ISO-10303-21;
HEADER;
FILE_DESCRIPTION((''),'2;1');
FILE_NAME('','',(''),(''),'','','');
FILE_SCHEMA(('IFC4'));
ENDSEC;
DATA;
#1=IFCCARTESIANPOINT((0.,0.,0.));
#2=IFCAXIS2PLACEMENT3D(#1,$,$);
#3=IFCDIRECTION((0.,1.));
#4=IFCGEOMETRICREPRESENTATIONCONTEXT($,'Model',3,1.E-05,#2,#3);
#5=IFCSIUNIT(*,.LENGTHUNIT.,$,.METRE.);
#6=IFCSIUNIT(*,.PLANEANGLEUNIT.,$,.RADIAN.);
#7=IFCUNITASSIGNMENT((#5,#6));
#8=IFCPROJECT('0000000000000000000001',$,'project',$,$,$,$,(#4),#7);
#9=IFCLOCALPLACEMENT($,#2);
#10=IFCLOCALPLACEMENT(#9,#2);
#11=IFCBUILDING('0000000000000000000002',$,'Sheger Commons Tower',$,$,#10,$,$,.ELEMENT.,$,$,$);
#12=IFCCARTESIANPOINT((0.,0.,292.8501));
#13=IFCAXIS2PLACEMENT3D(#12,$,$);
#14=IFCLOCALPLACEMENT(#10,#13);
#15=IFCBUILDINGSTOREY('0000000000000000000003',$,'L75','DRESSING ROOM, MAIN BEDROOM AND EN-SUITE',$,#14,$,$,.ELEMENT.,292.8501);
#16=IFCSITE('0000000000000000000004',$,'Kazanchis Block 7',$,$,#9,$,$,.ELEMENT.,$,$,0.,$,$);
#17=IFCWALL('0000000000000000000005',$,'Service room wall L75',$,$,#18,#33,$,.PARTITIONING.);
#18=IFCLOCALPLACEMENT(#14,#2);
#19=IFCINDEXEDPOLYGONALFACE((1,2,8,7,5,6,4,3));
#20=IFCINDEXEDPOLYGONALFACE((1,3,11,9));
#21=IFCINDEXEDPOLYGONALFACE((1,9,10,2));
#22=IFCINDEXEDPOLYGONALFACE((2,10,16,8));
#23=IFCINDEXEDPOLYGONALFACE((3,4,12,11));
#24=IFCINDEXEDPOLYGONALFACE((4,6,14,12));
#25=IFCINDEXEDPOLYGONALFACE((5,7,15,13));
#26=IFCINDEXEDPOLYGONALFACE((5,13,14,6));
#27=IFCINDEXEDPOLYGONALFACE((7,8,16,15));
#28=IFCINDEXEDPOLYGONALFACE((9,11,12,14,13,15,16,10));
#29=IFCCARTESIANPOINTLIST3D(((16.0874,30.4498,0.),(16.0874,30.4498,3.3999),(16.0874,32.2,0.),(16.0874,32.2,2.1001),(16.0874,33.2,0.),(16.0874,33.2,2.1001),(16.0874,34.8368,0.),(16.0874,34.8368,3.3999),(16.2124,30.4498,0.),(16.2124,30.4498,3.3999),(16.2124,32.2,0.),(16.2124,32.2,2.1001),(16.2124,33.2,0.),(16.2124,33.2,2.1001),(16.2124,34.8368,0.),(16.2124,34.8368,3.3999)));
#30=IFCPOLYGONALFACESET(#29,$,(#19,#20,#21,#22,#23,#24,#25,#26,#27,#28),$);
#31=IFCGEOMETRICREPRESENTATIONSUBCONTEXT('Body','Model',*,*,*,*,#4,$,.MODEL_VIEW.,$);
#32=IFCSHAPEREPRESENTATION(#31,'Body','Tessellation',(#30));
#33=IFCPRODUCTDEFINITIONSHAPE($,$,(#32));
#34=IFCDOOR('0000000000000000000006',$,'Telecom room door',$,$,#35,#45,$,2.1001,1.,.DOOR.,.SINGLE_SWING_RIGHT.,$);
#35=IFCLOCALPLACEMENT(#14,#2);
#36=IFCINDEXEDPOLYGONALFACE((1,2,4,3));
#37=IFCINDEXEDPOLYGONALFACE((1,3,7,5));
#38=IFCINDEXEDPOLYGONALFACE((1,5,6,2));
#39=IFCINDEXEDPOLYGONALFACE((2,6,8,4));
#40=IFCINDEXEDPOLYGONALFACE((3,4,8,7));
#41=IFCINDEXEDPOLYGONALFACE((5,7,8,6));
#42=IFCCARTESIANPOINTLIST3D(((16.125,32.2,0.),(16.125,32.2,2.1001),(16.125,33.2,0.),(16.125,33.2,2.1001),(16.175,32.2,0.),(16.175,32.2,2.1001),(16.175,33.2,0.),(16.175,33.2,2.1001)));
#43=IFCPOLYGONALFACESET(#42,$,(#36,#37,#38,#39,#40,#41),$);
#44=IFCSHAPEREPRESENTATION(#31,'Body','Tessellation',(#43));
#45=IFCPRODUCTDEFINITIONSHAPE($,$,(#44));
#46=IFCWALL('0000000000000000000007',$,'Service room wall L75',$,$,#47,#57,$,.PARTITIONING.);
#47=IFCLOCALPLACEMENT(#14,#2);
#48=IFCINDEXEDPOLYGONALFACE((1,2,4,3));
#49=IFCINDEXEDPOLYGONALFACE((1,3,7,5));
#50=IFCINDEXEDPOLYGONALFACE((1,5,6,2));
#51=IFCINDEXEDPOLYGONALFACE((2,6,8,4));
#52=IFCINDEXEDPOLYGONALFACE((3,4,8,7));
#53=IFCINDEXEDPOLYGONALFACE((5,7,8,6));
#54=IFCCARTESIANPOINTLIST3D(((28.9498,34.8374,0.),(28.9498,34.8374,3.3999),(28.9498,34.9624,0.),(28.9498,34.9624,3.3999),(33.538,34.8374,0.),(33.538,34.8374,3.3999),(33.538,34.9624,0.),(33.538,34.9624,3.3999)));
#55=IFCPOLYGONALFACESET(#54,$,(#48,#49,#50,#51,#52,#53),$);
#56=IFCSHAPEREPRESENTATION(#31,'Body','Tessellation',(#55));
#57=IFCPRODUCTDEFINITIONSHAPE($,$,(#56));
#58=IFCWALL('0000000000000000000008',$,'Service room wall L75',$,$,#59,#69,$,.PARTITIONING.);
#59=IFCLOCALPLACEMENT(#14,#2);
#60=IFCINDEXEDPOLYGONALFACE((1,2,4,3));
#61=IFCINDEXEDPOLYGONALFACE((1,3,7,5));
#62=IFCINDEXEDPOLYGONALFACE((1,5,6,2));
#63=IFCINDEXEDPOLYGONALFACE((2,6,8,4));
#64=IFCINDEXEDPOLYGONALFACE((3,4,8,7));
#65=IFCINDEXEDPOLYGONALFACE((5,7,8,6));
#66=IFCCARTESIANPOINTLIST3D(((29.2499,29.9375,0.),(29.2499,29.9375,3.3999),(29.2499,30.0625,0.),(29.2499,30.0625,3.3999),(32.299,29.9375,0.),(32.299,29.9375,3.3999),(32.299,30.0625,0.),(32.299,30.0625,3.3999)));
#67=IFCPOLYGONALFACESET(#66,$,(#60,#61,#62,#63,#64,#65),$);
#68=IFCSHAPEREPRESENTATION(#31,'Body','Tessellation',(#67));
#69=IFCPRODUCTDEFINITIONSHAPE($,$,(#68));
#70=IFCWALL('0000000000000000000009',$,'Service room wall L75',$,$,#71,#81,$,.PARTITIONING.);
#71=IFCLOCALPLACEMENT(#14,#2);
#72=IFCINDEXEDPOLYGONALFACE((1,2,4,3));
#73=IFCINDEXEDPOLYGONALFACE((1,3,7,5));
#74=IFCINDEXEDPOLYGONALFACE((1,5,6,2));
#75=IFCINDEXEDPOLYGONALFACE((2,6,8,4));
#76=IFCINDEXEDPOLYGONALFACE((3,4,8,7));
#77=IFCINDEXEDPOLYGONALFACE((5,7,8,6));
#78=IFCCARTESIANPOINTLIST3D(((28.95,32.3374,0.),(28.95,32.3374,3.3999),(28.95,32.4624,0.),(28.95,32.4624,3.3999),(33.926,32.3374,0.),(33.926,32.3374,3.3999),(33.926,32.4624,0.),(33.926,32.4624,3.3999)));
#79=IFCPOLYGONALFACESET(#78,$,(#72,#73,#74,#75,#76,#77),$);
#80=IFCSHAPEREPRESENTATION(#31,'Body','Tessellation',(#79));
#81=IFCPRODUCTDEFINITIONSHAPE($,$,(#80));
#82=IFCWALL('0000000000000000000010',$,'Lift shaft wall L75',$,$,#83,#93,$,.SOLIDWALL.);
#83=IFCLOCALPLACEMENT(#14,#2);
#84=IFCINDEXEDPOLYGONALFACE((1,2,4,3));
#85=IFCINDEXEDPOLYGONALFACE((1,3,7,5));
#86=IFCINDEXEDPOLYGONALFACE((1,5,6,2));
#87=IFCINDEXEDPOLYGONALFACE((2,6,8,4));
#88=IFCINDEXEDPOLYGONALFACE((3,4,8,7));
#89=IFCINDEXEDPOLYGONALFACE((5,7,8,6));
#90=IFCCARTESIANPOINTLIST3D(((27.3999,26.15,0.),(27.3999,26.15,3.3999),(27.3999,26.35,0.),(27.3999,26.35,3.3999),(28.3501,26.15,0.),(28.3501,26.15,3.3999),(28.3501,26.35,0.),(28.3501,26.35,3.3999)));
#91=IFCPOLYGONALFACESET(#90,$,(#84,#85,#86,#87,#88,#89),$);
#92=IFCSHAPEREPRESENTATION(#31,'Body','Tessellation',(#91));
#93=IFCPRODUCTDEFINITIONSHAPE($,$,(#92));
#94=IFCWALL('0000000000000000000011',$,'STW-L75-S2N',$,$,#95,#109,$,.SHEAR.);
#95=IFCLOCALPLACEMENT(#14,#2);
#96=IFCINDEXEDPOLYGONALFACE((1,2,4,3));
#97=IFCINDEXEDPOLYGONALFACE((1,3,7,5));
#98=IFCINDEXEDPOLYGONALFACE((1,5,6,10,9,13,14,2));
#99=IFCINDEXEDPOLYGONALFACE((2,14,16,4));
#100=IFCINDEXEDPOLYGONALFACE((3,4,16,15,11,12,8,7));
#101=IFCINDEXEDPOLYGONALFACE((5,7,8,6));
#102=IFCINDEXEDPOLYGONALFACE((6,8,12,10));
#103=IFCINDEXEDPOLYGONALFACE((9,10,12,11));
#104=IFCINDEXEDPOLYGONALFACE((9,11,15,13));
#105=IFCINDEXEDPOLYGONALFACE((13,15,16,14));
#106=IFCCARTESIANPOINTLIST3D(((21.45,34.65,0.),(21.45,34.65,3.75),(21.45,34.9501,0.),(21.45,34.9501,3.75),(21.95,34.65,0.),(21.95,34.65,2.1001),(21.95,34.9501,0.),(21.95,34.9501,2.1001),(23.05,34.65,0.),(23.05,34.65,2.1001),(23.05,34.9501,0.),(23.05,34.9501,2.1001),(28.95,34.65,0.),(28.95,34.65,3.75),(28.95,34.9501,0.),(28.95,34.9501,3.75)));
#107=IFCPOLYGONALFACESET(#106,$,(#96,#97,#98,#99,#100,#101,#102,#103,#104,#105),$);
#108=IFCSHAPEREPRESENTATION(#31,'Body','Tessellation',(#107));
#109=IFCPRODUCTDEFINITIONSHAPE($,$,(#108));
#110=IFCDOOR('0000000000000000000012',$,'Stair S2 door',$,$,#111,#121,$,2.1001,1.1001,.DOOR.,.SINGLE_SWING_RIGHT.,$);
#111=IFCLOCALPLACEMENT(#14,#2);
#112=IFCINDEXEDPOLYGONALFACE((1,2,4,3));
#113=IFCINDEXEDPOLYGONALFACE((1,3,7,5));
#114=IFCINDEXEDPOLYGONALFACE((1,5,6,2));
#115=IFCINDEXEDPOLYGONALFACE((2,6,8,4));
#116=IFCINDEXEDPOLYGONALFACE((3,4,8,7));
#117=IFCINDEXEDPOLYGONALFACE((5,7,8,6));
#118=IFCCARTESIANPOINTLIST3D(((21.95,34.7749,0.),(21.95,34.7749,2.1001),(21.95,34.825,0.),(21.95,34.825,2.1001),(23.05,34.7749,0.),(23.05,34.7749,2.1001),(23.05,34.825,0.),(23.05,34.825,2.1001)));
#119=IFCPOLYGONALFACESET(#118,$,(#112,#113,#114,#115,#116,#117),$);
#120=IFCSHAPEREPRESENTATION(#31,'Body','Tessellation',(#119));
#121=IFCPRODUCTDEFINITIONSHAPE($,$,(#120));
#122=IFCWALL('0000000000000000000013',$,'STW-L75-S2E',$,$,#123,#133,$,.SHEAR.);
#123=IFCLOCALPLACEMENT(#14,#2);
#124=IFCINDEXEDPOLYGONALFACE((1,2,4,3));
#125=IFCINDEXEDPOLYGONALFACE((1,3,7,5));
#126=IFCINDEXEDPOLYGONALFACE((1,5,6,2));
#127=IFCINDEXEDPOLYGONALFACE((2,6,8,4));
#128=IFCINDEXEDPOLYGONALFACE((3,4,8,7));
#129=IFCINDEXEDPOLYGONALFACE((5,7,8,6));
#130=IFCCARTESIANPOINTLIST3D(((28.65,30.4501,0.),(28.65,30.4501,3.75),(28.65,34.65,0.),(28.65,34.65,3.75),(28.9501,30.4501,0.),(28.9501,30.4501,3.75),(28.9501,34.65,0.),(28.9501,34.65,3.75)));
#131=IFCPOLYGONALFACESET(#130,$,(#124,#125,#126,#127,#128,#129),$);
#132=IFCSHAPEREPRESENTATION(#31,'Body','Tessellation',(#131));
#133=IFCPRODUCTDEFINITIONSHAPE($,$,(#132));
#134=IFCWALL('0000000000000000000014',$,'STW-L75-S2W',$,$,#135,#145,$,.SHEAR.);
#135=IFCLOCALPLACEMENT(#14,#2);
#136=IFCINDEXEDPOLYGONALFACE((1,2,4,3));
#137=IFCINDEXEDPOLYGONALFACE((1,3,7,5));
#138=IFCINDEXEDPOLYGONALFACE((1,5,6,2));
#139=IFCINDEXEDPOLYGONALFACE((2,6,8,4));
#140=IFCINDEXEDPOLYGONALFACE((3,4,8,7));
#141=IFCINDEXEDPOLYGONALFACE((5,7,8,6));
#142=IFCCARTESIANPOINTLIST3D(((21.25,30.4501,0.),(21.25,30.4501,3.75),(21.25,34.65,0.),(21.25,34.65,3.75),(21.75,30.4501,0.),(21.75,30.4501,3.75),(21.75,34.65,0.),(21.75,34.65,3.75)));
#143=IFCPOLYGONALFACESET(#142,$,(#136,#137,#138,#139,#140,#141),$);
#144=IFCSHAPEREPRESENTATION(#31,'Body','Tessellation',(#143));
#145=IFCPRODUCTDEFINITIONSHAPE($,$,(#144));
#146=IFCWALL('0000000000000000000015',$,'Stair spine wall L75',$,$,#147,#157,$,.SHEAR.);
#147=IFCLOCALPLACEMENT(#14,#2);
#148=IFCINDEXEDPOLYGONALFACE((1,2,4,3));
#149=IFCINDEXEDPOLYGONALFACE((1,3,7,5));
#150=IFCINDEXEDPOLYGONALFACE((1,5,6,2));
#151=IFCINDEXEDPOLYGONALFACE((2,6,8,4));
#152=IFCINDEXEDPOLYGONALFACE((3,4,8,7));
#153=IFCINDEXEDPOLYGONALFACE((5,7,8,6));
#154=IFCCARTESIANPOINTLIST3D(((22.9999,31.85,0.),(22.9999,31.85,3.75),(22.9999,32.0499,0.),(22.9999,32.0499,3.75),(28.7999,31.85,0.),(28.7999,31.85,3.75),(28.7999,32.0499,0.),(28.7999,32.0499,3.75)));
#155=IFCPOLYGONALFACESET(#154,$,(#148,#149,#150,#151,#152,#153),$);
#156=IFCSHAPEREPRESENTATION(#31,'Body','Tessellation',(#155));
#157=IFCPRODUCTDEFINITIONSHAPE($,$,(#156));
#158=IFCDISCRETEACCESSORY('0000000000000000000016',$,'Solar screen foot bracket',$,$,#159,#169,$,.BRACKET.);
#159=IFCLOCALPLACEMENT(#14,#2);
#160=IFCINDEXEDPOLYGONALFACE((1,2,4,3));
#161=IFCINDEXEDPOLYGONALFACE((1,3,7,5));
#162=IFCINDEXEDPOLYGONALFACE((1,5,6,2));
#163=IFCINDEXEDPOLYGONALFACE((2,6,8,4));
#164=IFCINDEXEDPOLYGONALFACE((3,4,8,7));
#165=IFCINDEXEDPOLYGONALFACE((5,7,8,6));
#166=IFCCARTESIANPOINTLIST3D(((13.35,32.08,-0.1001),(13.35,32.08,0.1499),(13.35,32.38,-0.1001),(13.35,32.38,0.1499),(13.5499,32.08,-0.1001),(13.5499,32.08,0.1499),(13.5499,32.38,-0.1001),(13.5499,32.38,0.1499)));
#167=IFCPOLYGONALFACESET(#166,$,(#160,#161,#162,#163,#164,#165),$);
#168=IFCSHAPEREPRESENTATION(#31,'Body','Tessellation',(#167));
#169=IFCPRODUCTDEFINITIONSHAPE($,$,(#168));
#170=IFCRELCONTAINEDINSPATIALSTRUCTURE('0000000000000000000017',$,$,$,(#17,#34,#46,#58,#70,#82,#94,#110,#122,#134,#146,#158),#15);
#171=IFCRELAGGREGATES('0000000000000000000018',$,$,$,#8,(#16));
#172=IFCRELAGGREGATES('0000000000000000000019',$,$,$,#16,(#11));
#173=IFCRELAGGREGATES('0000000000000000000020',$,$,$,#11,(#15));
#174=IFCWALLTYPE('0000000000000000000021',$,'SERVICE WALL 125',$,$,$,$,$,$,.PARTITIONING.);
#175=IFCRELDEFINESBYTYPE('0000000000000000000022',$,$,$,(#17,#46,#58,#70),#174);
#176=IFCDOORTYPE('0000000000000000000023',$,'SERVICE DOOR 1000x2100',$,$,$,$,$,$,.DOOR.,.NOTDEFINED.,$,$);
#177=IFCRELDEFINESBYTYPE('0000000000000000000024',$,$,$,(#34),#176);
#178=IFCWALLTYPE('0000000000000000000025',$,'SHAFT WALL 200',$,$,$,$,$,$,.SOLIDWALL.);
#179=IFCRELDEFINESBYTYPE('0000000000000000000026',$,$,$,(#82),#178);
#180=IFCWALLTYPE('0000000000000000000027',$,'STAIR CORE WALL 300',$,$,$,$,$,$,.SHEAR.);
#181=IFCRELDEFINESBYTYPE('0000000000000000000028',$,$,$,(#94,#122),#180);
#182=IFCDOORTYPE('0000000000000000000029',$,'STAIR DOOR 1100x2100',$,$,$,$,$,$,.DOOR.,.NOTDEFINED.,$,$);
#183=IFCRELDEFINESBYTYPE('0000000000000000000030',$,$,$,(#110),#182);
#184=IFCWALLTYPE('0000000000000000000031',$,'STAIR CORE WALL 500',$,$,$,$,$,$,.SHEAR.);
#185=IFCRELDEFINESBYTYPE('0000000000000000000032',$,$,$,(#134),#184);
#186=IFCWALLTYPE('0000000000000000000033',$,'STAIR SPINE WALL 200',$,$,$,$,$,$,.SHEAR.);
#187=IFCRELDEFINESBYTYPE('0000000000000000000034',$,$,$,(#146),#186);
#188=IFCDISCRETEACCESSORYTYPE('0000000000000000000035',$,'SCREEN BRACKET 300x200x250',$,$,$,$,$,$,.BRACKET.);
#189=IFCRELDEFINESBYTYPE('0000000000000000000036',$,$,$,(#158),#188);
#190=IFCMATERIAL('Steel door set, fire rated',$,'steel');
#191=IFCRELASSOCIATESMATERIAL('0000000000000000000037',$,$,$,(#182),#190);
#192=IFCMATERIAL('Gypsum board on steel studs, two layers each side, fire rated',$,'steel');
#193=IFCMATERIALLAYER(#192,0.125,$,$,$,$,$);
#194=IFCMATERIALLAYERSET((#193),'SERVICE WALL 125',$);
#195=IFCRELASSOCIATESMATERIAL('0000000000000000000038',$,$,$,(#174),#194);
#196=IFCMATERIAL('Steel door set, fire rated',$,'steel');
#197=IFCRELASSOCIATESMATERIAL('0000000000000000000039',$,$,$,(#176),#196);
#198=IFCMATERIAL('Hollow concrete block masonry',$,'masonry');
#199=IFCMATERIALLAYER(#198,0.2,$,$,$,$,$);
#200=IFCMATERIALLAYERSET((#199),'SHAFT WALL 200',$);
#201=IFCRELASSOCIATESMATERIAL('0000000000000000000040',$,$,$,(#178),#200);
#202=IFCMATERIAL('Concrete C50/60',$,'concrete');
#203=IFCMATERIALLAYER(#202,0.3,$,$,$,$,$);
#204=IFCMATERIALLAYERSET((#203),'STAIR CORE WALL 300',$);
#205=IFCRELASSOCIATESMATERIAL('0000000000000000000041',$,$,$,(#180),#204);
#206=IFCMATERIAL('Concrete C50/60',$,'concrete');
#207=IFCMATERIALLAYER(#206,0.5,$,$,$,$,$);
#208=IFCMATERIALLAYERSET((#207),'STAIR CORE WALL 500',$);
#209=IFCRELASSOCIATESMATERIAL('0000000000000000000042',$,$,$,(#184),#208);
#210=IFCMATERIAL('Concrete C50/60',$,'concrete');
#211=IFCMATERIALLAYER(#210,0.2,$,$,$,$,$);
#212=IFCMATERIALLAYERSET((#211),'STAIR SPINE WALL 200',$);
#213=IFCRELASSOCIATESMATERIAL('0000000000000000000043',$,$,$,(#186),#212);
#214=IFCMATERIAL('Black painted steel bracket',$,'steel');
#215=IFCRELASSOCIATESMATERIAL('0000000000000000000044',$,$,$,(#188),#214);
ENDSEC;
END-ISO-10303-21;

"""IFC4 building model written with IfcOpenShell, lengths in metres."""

from ifc_helpers import new_model, si_unit, direction, frame, frame_2d, origin, origin_2d, place, context, subcontext, project, spatial, rectangle, extrude, material, layer, layer_set, type_object, element, fill, save


model = new_model("IFC4")

# Units and contexts
model_context = context("Model", 3, precision=1e-05, world=origin(), true_north=direction((0.0, 1.0)))
body_context = subcontext(model_context, "Body", "Model", "MODEL_VIEW")
ifc_project = project(units=[si_unit("LENGTHUNIT", "METRE"), si_unit("PLANEANGLEUNIT", "RADIAN")], contexts=[model_context])

# Site, building, storey
site_placement = place(None, origin())
site = spatial("IfcSite", under=ifc_project, at=site_placement, Name="Kazanchis Block 7", CompositionType="ELEMENT", RefElevation=0.0)
building_placement = place(site_placement, origin())
building = spatial("IfcBuilding", under=site, at=building_placement, Name="Sheger Commons Tower", CompositionType="ELEMENT")
storey_placement = place(building_placement, frame((0.0, 0.0, 292.8501)))
storey = spatial("IfcBuildingStorey", under=building, at=storey_placement, Name="L75", Description="DRESSING ROOM, MAIN BEDROOM AND EN-SUITE", CompositionType="ELEMENT", Elevation=292.8501)

# Shared definitions
ifc_material_1 = material(Name="Steel door set, fire rated", Category="steel")
door_type_1 = type_object("IfcDoorType", Name="STAIR DOOR 1100x2100", OperationType="NOTDEFINED", PredefinedType="DOOR", material=ifc_material_1)

# Wall, opening, door
ifc_material_2 = material(Name="Gypsum board on steel studs, two layers each side, fire rated", Category="steel")
ifc_layer_1 = layer(ifc_material_2, 0.125)
ifc_layer_set_1 = layer_set([ifc_layer_1], Name="SERVICE WALL 125")
wall_type_1 = type_object("IfcWallType", Name="SERVICE WALL 125", PredefinedType="PARTITIONING", material=ifc_layer_set_1)
wall_1_placement = place(storey_placement, frame((16.1499, 30.45, 0.0), z_axis=(0.0, 0.0, 1.0), x_axis=(0.0, 1.0, 0.0)))
wall_1 = element("IfcWall", 1, at=wall_1_placement, inside=storey, type_object=wall_type_1, Name="Service room wall L75", PredefinedType="PARTITIONING", context=body_context, shape_type="SweptSolid", body=[
    extrude(rectangle(XDim=4.387, YDim=0.125, at=frame_2d((2.1934, 0.0))), origin(), (0.0, 0.0, 1.0), 3.3999),
])
opening_1_placement = place(wall_1_placement, frame((1.75, 0.0, 0.0)))
opening_1 = element("IfcOpeningElement", 2, at=opening_1_placement, cuts=wall_1, PredefinedType="OPENING", context=body_context, shape_type="SweptSolid", body=[
    extrude(rectangle(XDim=1.0, YDim=2.1001, at=frame_2d((0.5, 1.05))), frame((0.0, 0.0725, 0.0), z_axis=(0.0, -1.0, 0.0), x_axis=(1.0, 0.0, 0.0)), (0.0, 0.0, 1.0), 0.145),
])
ifc_material_3 = material(Name="Steel door set, fire rated", Category="steel")
door_type_2 = type_object("IfcDoorType", Name="SERVICE DOOR 1000x2100", OperationType="NOTDEFINED", PredefinedType="DOOR", material=ifc_material_3)
door_1_placement = place(opening_1_placement, origin())
door_1 = element("IfcDoor", 3, at=door_1_placement, inside=storey, type_object=door_type_2, Name="Telecom room door", OperationType="SINGLE_SWING_RIGHT", OverallHeight=2.1001, OverallWidth=1.0, PredefinedType="DOOR", context=body_context, shape_type="SweptSolid", body=[
    extrude(rectangle(XDim=1.0, YDim=2.1001, at=frame_2d((0.5, 1.05))), frame((0.0, 0.0249, 0.0), z_axis=(0.0, -1.0, 0.0), x_axis=(1.0, 0.0, 0.0)), (0.0, 0.0, 1.0), 0.05),
])
fill(opening_1, door_1)

# Walls
wall_2_placement = place(storey_placement, frame((28.95, 34.8999, 0.0), z_axis=(0.0, 0.0, 1.0), x_axis=(1.0, 0.0, 0.0)))
element("IfcWall", 4, at=wall_2_placement, inside=storey, type_object=wall_type_1, Name="Service room wall L75", PredefinedType="PARTITIONING", context=body_context, shape_type="SweptSolid", body=[
    extrude(rectangle(XDim=4.5881, YDim=0.125, at=frame_2d((2.2939, 0.0))), origin(), (0.0, 0.0, 1.0), 3.3999),
])
wall_3_placement = place(storey_placement, frame((29.25, 30.0, 0.0), z_axis=(0.0, 0.0, 1.0), x_axis=(1.0, 0.0, 0.0)))
element("IfcWall", 5, at=wall_3_placement, inside=storey, type_object=wall_type_1, Name="Service room wall L75", PredefinedType="PARTITIONING", context=body_context, shape_type="SweptSolid", body=[
    extrude(rectangle(XDim=3.0491, YDim=0.125, at=frame_2d((1.5244, 0.0))), origin(), (0.0, 0.0, 1.0), 3.3999),
])
wall_4_placement = place(storey_placement, frame((28.95, 32.3999, 0.0), z_axis=(0.0, 0.0, 1.0), x_axis=(1.0, 0.0, 0.0)))
element("IfcWall", 6, at=wall_4_placement, inside=storey, type_object=wall_type_1, Name="Service room wall L75", PredefinedType="PARTITIONING", context=body_context, shape_type="SweptSolid", body=[
    extrude(rectangle(XDim=4.9761, YDim=0.125, at=frame_2d((2.488, 0.0))), origin(), (0.0, 0.0, 1.0), 3.3999),
])
ifc_material_4 = material(Name="Hollow concrete block masonry", Category="masonry")
ifc_layer_2 = layer(ifc_material_4, 0.2)
ifc_layer_set_2 = layer_set([ifc_layer_2], Name="SHAFT WALL 200")
wall_type_2 = type_object("IfcWallType", Name="SHAFT WALL 200", PredefinedType="SOLIDWALL", material=ifc_layer_set_2)
wall_5_placement = place(storey_placement, frame((27.3999, 26.25, 0.0), z_axis=(0.0, 0.0, 1.0), x_axis=(1.0, 0.0, 0.0)))
element("IfcWall", 7, at=wall_5_placement, inside=storey, type_object=wall_type_2, Name="Lift shaft wall L75", PredefinedType="SOLIDWALL", context=body_context, shape_type="SweptSolid", body=[
    extrude(rectangle(XDim=0.9502, YDim=0.2, at=frame_2d((0.4751, 0.0))), origin(), (0.0, 0.0, 1.0), 3.3999),
])

# Wall, opening, door
ifc_material_5 = material(Name="Concrete C50/60", Category="concrete")
ifc_layer_3 = layer(ifc_material_5, 0.3)
ifc_layer_set_3 = layer_set([ifc_layer_3], Name="STAIR CORE WALL 300")
wall_type_3 = type_object("IfcWallType", Name="STAIR CORE WALL 300", PredefinedType="SHEAR", material=ifc_layer_set_3)
wall_6_placement = place(storey_placement, frame((21.45, 34.8, 0.0), z_axis=(0.0, 0.0, 1.0), x_axis=(1.0, 0.0, 0.0)))
wall_6 = element("IfcWall", 8, at=wall_6_placement, inside=storey, type_object=wall_type_3, Name="STW-L75-S2N", PredefinedType="SHEAR", context=body_context, shape_type="SweptSolid", body=[
    extrude(rectangle(XDim=7.5, YDim=0.3, at=frame_2d((3.75, 0.0))), origin(), (0.0, 0.0, 1.0), 3.75),
])
opening_2_placement = place(wall_6_placement, frame((0.5, 0.0, 0.0)))
opening_2 = element("IfcOpeningElement", 9, at=opening_2_placement, cuts=wall_6, PredefinedType="OPENING", context=body_context, shape_type="SweptSolid", body=[
    extrude(rectangle(XDim=1.1001, YDim=2.1001, at=frame_2d((0.55, 1.05))), frame((0.0, 0.1599, 0.0), z_axis=(0.0, -1.0, 0.0), x_axis=(1.0, 0.0, 0.0)), (0.0, 0.0, 1.0), 0.3201),
])
door_2_placement = place(opening_2_placement, origin())
door_2 = element("IfcDoor", 10, at=door_2_placement, inside=storey, type_object=door_type_1, Name="Stair S2 door", OperationType="SINGLE_SWING_RIGHT", OverallHeight=2.1001, OverallWidth=1.1001, PredefinedType="DOOR", context=body_context, shape_type="SweptSolid", body=[
    extrude(rectangle(XDim=1.1001, YDim=2.1001, at=frame_2d((0.55, 1.05))), frame((0.0, 0.0249, 0.0), z_axis=(0.0, -1.0, 0.0), x_axis=(1.0, 0.0, 0.0)), (0.0, 0.0, 1.0), 0.05),
])
fill(opening_2, door_2)

# Walls
wall_7_placement = place(storey_placement, frame((28.8, 30.45, 0.0), z_axis=(0.0, 0.0, 1.0), x_axis=(0.0, 1.0, 0.0)))
element("IfcWall", 11, at=wall_7_placement, inside=storey, type_object=wall_type_3, Name="STW-L75-S2E", PredefinedType="SHEAR", context=body_context, shape_type="SweptSolid", body=[
    extrude(rectangle(XDim=4.2, YDim=0.3, at=frame_2d((2.1001, 0.0))), origin(), (0.0, 0.0, 1.0), 3.75),
])
ifc_material_6 = material(Name="Concrete C50/60", Category="concrete")
ifc_layer_4 = layer(ifc_material_6, 0.5)
ifc_layer_set_4 = layer_set([ifc_layer_4], Name="STAIR CORE WALL 500")
wall_type_4 = type_object("IfcWallType", Name="STAIR CORE WALL 500", PredefinedType="SHEAR", material=ifc_layer_set_4)
wall_8_placement = place(storey_placement, frame((21.5, 30.45, 0.0), z_axis=(0.0, 0.0, 1.0), x_axis=(0.0, 1.0, 0.0)))
element("IfcWall", 12, at=wall_8_placement, inside=storey, type_object=wall_type_4, Name="STW-L75-S2W", PredefinedType="SHEAR", context=body_context, shape_type="SweptSolid", body=[
    extrude(rectangle(XDim=4.2, YDim=0.5, at=frame_2d((2.1001, 0.0))), origin(), (0.0, 0.0, 1.0), 3.75),
])
ifc_material_7 = material(Name="Concrete C50/60", Category="concrete")
ifc_layer_5 = layer(ifc_material_7, 0.2)
ifc_layer_set_5 = layer_set([ifc_layer_5], Name="STAIR SPINE WALL 200")
wall_type_5 = type_object("IfcWallType", Name="STAIR SPINE WALL 200", PredefinedType="SHEAR", material=ifc_layer_set_5)
wall_9_placement = place(storey_placement, frame((23.0, 31.95, 0.0), z_axis=(0.0, 0.0, 1.0), x_axis=(1.0, 0.0, 0.0)))
element("IfcWall", 13, at=wall_9_placement, inside=storey, type_object=wall_type_5, Name="Stair spine wall L75", PredefinedType="SHEAR", context=body_context, shape_type="SweptSolid", body=[
    extrude(rectangle(XDim=5.8, YDim=0.2, at=frame_2d((2.8999, 0.0))), origin(), (0.0, 0.0, 1.0), 3.75),
])

# Discrete accessory
ifc_material_8 = material(Name="Black painted steel bracket", Category="steel")
discrete_accessory_type = type_object("IfcDiscreteAccessoryType", Name="SCREEN BRACKET 300x200x250", PredefinedType="BRACKET", material=ifc_material_8)
for number, where, z_axis, x_axis, name in (
    (14, (13.45, 32.23, -0.1001), (0.0, 0.0, 1.0), (0.0, -1.0, 0.0), "Solar screen foot bracket"),
):
    element("IfcDiscreteAccessory", number, at=place(storey_placement, frame(where, z_axis=z_axis, x_axis=x_axis)), inside=storey, type_object=discrete_accessory_type, Name=name, PredefinedType="BRACKET", context=body_context, shape_type="SweptSolid", body=[
        extrude(rectangle(XDim=0.3, YDim=0.2, at=origin_2d()), origin(), (0.0, 0.0, 1.0), 0.25),
    ])

save(model, "model.ifc")
